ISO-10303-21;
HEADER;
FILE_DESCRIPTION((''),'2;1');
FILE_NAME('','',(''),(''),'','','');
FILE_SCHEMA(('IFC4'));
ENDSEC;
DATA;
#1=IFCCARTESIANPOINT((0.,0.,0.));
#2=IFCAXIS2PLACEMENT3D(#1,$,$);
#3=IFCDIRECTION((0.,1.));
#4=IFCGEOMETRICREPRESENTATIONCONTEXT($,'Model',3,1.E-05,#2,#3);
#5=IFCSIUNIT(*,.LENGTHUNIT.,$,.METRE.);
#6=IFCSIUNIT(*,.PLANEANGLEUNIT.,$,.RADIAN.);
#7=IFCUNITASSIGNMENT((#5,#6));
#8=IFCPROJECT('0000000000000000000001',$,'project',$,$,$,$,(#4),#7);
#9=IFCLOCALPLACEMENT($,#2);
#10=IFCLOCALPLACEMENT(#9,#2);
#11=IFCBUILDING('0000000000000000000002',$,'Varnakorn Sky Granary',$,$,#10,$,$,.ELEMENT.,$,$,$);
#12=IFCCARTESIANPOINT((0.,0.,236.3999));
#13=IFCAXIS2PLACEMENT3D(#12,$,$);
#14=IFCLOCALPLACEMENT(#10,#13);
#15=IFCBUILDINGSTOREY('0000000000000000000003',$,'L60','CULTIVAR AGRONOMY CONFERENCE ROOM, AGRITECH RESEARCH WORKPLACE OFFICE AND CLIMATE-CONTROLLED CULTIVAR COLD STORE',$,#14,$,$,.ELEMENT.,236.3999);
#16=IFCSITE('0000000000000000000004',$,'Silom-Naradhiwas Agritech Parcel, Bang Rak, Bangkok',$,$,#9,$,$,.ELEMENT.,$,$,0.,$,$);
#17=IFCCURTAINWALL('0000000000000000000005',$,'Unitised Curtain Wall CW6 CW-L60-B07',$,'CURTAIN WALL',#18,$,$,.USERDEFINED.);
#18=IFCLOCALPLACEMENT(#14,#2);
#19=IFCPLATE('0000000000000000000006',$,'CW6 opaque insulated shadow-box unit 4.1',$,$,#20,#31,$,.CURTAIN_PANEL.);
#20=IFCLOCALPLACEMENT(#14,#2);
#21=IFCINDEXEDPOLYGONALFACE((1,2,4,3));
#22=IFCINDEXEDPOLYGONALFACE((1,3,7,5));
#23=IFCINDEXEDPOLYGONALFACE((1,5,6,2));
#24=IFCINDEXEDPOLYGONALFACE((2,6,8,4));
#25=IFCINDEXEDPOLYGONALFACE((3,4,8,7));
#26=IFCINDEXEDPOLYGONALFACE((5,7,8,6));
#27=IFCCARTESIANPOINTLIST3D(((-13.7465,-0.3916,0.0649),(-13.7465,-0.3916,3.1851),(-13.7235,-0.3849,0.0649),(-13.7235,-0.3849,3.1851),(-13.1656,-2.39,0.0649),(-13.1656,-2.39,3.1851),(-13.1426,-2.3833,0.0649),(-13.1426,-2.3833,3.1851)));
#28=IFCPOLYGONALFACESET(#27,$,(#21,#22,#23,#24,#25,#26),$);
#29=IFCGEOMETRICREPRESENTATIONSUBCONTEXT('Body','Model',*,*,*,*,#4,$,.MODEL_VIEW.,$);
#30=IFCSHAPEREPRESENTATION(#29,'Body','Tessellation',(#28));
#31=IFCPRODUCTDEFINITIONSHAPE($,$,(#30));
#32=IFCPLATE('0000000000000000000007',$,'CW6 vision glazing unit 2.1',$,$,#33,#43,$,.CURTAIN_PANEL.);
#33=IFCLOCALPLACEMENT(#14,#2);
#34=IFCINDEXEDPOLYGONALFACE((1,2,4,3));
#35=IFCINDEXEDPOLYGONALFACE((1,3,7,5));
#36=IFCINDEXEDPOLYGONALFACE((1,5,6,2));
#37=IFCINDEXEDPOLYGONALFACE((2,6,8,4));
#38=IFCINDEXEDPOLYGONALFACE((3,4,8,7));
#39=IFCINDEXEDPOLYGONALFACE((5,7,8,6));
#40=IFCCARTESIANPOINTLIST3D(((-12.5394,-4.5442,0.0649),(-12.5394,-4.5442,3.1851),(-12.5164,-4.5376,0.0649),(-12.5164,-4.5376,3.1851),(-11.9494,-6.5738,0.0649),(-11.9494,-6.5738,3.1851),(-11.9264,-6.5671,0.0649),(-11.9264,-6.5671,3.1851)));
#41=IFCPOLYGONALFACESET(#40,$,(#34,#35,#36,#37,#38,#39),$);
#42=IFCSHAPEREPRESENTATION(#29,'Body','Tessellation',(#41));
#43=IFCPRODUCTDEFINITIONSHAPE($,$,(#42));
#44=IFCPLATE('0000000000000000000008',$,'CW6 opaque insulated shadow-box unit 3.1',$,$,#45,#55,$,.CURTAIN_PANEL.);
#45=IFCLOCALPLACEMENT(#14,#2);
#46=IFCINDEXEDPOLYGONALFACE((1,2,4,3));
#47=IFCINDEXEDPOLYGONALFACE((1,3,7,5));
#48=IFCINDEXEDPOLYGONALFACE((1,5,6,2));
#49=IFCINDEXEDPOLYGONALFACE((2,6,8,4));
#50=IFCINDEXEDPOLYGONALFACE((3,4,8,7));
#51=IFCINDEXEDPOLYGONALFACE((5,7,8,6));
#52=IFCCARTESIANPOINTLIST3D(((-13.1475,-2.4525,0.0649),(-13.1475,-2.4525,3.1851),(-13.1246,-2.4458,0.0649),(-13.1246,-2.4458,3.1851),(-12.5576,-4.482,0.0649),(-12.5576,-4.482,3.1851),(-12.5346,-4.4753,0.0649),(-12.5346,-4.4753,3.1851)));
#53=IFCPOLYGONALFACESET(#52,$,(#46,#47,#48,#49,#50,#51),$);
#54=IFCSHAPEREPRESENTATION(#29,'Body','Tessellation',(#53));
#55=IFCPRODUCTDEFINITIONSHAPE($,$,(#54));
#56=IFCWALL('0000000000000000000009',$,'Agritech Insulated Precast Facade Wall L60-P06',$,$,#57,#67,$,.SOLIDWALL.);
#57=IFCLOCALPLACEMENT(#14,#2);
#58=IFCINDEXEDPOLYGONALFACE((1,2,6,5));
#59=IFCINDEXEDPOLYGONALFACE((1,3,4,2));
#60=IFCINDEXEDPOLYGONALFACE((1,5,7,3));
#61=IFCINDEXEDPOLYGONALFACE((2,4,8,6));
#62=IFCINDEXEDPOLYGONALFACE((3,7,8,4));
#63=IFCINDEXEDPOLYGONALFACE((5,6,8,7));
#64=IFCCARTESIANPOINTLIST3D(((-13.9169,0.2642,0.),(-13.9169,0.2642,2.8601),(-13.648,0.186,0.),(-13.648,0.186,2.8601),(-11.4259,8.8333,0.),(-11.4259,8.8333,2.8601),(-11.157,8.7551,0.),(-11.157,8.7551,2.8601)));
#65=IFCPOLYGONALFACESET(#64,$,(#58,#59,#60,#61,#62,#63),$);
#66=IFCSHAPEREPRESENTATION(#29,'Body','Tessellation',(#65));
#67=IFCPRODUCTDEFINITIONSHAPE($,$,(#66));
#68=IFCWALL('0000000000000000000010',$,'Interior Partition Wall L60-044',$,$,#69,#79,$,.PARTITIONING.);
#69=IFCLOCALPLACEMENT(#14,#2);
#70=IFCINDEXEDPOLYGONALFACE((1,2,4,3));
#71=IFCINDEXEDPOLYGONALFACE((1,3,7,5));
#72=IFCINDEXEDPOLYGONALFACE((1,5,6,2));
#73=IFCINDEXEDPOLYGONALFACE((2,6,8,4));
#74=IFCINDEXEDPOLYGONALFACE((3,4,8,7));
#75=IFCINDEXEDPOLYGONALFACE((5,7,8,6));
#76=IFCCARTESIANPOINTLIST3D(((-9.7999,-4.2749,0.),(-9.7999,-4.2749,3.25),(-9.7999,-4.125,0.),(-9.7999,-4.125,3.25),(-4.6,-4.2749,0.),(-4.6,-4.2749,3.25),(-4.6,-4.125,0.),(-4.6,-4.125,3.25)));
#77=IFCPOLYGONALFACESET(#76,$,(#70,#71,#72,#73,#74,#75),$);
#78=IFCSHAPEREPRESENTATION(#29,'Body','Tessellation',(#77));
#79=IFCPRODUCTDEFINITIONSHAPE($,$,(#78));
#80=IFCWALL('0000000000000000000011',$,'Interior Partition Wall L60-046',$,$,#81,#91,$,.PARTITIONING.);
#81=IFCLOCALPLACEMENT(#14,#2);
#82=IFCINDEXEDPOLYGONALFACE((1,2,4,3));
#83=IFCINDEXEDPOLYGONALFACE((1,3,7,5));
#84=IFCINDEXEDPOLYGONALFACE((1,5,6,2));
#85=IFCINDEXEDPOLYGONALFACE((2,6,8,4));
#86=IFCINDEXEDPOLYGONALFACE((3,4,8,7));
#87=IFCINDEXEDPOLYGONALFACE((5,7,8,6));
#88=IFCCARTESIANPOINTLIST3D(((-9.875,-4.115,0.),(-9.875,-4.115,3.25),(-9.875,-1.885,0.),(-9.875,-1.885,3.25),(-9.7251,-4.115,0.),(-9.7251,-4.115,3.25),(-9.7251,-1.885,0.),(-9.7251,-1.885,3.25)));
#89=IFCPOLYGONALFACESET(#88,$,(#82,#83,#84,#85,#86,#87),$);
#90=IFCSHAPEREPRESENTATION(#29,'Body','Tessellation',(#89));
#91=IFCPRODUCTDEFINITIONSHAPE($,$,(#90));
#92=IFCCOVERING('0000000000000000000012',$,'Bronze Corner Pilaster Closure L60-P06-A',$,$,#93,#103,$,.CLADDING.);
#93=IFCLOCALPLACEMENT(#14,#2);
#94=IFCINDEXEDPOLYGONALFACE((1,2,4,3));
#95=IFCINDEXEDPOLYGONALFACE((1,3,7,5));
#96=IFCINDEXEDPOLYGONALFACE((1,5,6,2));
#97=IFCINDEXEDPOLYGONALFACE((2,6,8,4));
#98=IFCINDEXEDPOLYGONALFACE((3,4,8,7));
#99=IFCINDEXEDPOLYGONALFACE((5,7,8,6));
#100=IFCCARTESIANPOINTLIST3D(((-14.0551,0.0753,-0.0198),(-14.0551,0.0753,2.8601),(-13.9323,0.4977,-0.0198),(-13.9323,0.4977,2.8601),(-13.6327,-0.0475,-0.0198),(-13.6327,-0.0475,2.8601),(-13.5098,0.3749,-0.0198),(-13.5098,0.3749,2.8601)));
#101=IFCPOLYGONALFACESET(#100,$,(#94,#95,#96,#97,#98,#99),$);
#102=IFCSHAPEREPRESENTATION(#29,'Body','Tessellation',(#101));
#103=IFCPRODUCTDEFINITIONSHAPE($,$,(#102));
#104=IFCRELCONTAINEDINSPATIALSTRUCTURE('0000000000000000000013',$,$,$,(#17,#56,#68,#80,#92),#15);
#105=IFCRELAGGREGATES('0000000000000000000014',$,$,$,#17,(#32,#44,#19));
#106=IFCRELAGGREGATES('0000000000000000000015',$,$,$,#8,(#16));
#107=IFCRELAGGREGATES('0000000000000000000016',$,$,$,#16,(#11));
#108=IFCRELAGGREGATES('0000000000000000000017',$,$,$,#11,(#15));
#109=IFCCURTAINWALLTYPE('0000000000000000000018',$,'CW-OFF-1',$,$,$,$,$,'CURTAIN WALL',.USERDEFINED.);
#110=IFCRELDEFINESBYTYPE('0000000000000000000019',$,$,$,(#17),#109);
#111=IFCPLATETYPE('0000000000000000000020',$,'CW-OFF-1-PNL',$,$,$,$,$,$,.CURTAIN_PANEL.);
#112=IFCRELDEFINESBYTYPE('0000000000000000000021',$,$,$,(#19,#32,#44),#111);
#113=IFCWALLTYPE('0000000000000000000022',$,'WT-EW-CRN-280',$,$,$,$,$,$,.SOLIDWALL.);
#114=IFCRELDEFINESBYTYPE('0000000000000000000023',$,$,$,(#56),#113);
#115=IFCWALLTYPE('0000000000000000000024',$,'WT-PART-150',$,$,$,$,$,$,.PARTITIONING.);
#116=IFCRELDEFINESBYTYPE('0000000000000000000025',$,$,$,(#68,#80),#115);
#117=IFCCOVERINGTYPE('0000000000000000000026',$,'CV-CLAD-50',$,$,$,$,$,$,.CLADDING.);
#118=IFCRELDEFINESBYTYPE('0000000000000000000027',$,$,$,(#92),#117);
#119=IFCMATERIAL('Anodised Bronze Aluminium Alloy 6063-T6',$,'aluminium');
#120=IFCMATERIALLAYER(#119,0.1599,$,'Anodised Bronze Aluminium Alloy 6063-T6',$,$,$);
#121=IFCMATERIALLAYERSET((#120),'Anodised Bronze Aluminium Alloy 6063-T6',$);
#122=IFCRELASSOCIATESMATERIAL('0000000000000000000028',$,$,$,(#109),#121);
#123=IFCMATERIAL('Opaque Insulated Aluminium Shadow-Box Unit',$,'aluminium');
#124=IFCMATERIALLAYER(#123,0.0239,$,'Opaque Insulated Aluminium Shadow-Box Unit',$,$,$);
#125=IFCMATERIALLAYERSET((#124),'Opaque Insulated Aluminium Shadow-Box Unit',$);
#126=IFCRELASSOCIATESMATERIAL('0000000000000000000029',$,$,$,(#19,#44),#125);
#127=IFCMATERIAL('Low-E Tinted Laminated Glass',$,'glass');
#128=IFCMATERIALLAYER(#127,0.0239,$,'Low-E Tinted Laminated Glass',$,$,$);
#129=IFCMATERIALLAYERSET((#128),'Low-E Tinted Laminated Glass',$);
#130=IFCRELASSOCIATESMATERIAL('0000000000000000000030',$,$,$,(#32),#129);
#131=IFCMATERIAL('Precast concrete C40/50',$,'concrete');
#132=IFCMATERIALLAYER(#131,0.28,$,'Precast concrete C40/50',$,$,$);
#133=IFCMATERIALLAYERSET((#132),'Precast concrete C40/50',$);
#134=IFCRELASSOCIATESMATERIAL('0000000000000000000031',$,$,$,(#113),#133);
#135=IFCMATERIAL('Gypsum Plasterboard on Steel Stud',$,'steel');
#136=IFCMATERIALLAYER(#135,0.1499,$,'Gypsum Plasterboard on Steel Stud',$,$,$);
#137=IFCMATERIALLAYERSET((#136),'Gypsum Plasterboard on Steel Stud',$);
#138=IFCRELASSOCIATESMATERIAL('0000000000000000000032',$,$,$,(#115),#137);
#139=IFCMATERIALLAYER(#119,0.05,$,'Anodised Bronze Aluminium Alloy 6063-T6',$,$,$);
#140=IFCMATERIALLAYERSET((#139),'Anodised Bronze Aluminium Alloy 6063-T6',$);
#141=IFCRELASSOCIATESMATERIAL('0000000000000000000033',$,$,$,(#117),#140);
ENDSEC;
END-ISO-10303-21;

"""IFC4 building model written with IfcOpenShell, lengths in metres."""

from ifc_helpers import new_model, si_unit, direction, frame, frame_2d, origin, origin_2d, place, context, subcontext, project, spatial, rectangle, extrude, source, transform, mapped, material, layer, layer_set, type_object, type_shapes, element, aggregate, save


model = new_model("IFC4")

# Units and contexts
model_context = context("Model", 3, precision=1e-05, world=origin(), true_north=direction((0.0, 1.0)))
body_context = subcontext(model_context, "Body", "Model", "MODEL_VIEW")
ifc_project = project(units=[si_unit("LENGTHUNIT", "METRE"), si_unit("PLANEANGLEUNIT", "RADIAN")], contexts=[model_context])

# Site, building, storey
site_placement = place(None, origin())
site = spatial("IfcSite", under=ifc_project, at=site_placement, Name="Silom-Naradhiwas Agritech Parcel, Bang Rak, Bangkok", CompositionType="ELEMENT", RefElevation=0.0)
building_placement = place(site_placement, origin())
building = spatial("IfcBuilding", under=site, at=building_placement, Name="Varnakorn Sky Granary", CompositionType="ELEMENT")
storey_placement = place(building_placement, frame((0.0, 0.0, 236.3999)))
storey = spatial("IfcBuildingStorey", under=building, at=storey_placement, Name="L60", Description="CULTIVAR AGRONOMY CONFERENCE ROOM, AGRITECH RESEARCH WORKPLACE OFFICE AND CLIMATE-CONTROLLED CULTIVAR COLD STORE", CompositionType="ELEMENT", Elevation=236.3999)

# Curtain wall
ifc_material_1 = material(Name="Anodised Bronze Aluminium Alloy 6063-T6", Category="aluminium")
ifc_layer_1 = layer(ifc_material_1, 0.1599, Name="Anodised Bronze Aluminium Alloy 6063-T6")
ifc_layer_set_1 = layer_set([ifc_layer_1], Name="Anodised Bronze Aluminium Alloy 6063-T6")
curtain_wall_type = type_object("IfcCurtainWallType", Name="CW-OFF-1", ElementType="CURTAIN WALL", PredefinedType="USERDEFINED", material=ifc_layer_set_1)
curtain_wall_placement = place(storey_placement, origin())
curtain_wall = element("IfcCurtainWall", 1, at=curtain_wall_placement, inside=storey, type_object=curtain_wall_type, Name="Unitised Curtain Wall CW6 CW-L60-B07", ObjectType="CURTAIN WALL", PredefinedType="USERDEFINED")

# Plates
ifc_material_2 = material(Name="Opaque Insulated Aluminium Shadow-Box Unit", Category="aluminium")
ifc_layer_2 = layer(ifc_material_2, 0.0239, Name="Opaque Insulated Aluminium Shadow-Box Unit")
ifc_layer_set_2 = layer_set([ifc_layer_2], Name="Opaque Insulated Aluminium Shadow-Box Unit")
plate_type_1 = type_object("IfcPlateType", Name="CW-OFF-1-PNL", PredefinedType="CURTAIN_PANEL")
shared_shape_1 = source(origin(), body_context, "Body", "SweptSolid", [
    extrude(rectangle(XDim=2.0811, YDim=0.0239, at=origin_2d()), origin(), (0.0, 0.0, 1.0), 3.1201),
])
plate_1_placement = place(storey_placement, frame((-13.4446, -1.3875, 0.0649), z_axis=(0.0, 0.0, 1.0), x_axis=(-0.279141, 0.96025, 0.0)))
plate_1 = element("IfcPlate", 2, at=plate_1_placement, type_object=plate_type_1, material=ifc_layer_set_2, Name="CW6 opaque insulated shadow-box unit 4.1", PredefinedType="CURTAIN_PANEL", context=body_context, shape_type="MappedRepresentation", body=[
    mapped(shared_shape_1, transform((0.0, 0.0, 0.0), x_axis=(1.0, 0.0, 0.0), y_axis=(0.0, 1.0, 0.0), z_axis=(0.0, 0.0, 1.0), scale=1.0)),
])
ifc_material_3 = material(Name="Low-E Tinted Laminated Glass", Category="glass")
ifc_layer_3 = layer(ifc_material_3, 0.0239, Name="Low-E Tinted Laminated Glass")
ifc_layer_set_3 = layer_set([ifc_layer_3], Name="Low-E Tinted Laminated Glass")
shared_shape_2 = source(origin(), body_context, "Body", "SweptSolid", [
    extrude(rectangle(XDim=2.1135, YDim=0.0239, at=origin_2d()), origin(), (0.0, 0.0, 1.0), 3.1201),
])
type_shapes(plate_type_1, [shared_shape_1, shared_shape_2])
plate_2_placement = place(storey_placement, frame((-12.2329, -5.5557, 0.0649), z_axis=(0.0, 0.0, 1.0), x_axis=(-0.279141, 0.96025, 0.0)))
plate_2 = element("IfcPlate", 3, at=plate_2_placement, type_object=plate_type_1, material=ifc_layer_set_3, Name="CW6 vision glazing unit 2.1", PredefinedType="CURTAIN_PANEL", context=body_context, shape_type="MappedRepresentation", body=[
    mapped(shared_shape_2, transform((0.0, 0.0, 0.0), x_axis=(1.0, 0.0, 0.0), y_axis=(0.0, 1.0, 0.0), z_axis=(0.0, 0.0, 1.0), scale=1.0)),
])
plate_3_placement = place(storey_placement, frame((-12.8411, -3.4639, 0.0649), z_axis=(0.0, 0.0, 1.0), x_axis=(-0.279141, 0.96025, 0.0)))
plate_3 = element("IfcPlate", 4, at=plate_3_placement, type_object=plate_type_1, material=ifc_layer_set_2, Name="CW6 opaque insulated shadow-box unit 3.1", PredefinedType="CURTAIN_PANEL", context=body_context, shape_type="MappedRepresentation", body=[
    mapped(shared_shape_2, transform((0.0, 0.0, 0.0), x_axis=(1.0, 0.0, 0.0), y_axis=(0.0, 1.0, 0.0), z_axis=(0.0, 0.0, 1.0), scale=1.0)),
])
aggregate(curtain_wall, [plate_2, plate_3, plate_1])

# Walls
ifc_material_4 = material(Name="Precast concrete C40/50", Category="concrete")
ifc_layer_4 = layer(ifc_material_4, 0.28, Name="Precast concrete C40/50")
ifc_layer_set_4 = layer_set([ifc_layer_4], Name="Precast concrete C40/50")
wall_type_1 = type_object("IfcWallType", Name="WT-EW-CRN-280", PredefinedType="SOLIDWALL", material=ifc_layer_set_4)
wall_1_placement = place(storey_placement, frame((-13.7825, 0.2251, 0.0), z_axis=(0.0, 0.0, 1.0), x_axis=(0.279137, 0.960251, 0.0)))
element("IfcWall", 5, at=wall_1_placement, inside=storey, type_object=wall_type_1, Name="Agritech Insulated Precast Facade Wall L60-P06", PredefinedType="SOLIDWALL", context=body_context, shape_type="SweptSolid", body=[
    extrude(rectangle(XDim=8.9238, YDim=0.28, at=frame_2d((4.4619, 0.0))), origin(), (0.0, 0.0, 1.0), 2.8601),
])
ifc_material_5 = material(Name="Gypsum Plasterboard on Steel Stud", Category="steel")
ifc_layer_5 = layer(ifc_material_5, 0.1499, Name="Gypsum Plasterboard on Steel Stud")
ifc_layer_set_5 = layer_set([ifc_layer_5], Name="Gypsum Plasterboard on Steel Stud")
wall_type_2 = type_object("IfcWallType", Name="WT-PART-150", PredefinedType="PARTITIONING", material=ifc_layer_set_5)
wall_2_placement = place(storey_placement, frame((-9.8, -4.2, 0.0), z_axis=(0.0, 0.0, 1.0), x_axis=(1.0, 0.0, 0.0)))
element("IfcWall", 6, at=wall_2_placement, inside=storey, type_object=wall_type_2, Name="Interior Partition Wall L60-044", PredefinedType="PARTITIONING", context=body_context, shape_type="SweptSolid", body=[
    extrude(rectangle(XDim=5.2, YDim=0.1499, at=frame_2d((2.6001, 0.0))), origin(), (0.0, 0.0, 1.0), 3.25),
])
wall_3_placement = place(storey_placement, frame((-9.8, -1.885, 0.0), z_axis=(0.0, 0.0, 1.0), x_axis=(0.0, -1.0, 0.0)))
element("IfcWall", 7, at=wall_3_placement, inside=storey, type_object=wall_type_2, Name="Interior Partition Wall L60-046", PredefinedType="PARTITIONING", context=body_context, shape_type="SweptSolid", body=[
    extrude(rectangle(XDim=2.23, YDim=0.1499, at=frame_2d((1.115, 0.0))), origin(), (0.0, 0.0, 1.0), 3.25),
])

# Covering
ifc_layer_6 = layer(ifc_material_1, 0.05, Name="Anodised Bronze Aluminium Alloy 6063-T6")
ifc_layer_set_6 = layer_set([ifc_layer_6], Name="Anodised Bronze Aluminium Alloy 6063-T6")
covering_type = type_object("IfcCoveringType", Name="CV-CLAD-50", PredefinedType="CLADDING", material=ifc_layer_set_6)
shared_shape_3 = source(origin(), body_context, "Body", "SweptSolid", [
    extrude(rectangle(XDim=0.4399, YDim=0.4399, at=origin_2d()), origin(), (0.0, 0.0, 1.0), 2.8799),
])
type_shapes(covering_type, [shared_shape_3])
covering_placement = place(storey_placement, frame((-13.7825, 0.2251, -0.0198), z_axis=(0.0, 0.0, 1.0), x_axis=(0.279159, 0.960245, 0.0)))
element("IfcCovering", 8, at=covering_placement, inside=storey, type_object=covering_type, Name="Bronze Corner Pilaster Closure L60-P06-A", PredefinedType="CLADDING", context=body_context, shape_type="MappedRepresentation", body=[
    mapped(shared_shape_3, transform((0.0, 0.0, 0.0), x_axis=(1.0, 0.0, 0.0), y_axis=(0.0, 1.0, 0.0), z_axis=(0.0, 0.0, 1.0), scale=1.0)),
])

save(model, "model.ifc")
